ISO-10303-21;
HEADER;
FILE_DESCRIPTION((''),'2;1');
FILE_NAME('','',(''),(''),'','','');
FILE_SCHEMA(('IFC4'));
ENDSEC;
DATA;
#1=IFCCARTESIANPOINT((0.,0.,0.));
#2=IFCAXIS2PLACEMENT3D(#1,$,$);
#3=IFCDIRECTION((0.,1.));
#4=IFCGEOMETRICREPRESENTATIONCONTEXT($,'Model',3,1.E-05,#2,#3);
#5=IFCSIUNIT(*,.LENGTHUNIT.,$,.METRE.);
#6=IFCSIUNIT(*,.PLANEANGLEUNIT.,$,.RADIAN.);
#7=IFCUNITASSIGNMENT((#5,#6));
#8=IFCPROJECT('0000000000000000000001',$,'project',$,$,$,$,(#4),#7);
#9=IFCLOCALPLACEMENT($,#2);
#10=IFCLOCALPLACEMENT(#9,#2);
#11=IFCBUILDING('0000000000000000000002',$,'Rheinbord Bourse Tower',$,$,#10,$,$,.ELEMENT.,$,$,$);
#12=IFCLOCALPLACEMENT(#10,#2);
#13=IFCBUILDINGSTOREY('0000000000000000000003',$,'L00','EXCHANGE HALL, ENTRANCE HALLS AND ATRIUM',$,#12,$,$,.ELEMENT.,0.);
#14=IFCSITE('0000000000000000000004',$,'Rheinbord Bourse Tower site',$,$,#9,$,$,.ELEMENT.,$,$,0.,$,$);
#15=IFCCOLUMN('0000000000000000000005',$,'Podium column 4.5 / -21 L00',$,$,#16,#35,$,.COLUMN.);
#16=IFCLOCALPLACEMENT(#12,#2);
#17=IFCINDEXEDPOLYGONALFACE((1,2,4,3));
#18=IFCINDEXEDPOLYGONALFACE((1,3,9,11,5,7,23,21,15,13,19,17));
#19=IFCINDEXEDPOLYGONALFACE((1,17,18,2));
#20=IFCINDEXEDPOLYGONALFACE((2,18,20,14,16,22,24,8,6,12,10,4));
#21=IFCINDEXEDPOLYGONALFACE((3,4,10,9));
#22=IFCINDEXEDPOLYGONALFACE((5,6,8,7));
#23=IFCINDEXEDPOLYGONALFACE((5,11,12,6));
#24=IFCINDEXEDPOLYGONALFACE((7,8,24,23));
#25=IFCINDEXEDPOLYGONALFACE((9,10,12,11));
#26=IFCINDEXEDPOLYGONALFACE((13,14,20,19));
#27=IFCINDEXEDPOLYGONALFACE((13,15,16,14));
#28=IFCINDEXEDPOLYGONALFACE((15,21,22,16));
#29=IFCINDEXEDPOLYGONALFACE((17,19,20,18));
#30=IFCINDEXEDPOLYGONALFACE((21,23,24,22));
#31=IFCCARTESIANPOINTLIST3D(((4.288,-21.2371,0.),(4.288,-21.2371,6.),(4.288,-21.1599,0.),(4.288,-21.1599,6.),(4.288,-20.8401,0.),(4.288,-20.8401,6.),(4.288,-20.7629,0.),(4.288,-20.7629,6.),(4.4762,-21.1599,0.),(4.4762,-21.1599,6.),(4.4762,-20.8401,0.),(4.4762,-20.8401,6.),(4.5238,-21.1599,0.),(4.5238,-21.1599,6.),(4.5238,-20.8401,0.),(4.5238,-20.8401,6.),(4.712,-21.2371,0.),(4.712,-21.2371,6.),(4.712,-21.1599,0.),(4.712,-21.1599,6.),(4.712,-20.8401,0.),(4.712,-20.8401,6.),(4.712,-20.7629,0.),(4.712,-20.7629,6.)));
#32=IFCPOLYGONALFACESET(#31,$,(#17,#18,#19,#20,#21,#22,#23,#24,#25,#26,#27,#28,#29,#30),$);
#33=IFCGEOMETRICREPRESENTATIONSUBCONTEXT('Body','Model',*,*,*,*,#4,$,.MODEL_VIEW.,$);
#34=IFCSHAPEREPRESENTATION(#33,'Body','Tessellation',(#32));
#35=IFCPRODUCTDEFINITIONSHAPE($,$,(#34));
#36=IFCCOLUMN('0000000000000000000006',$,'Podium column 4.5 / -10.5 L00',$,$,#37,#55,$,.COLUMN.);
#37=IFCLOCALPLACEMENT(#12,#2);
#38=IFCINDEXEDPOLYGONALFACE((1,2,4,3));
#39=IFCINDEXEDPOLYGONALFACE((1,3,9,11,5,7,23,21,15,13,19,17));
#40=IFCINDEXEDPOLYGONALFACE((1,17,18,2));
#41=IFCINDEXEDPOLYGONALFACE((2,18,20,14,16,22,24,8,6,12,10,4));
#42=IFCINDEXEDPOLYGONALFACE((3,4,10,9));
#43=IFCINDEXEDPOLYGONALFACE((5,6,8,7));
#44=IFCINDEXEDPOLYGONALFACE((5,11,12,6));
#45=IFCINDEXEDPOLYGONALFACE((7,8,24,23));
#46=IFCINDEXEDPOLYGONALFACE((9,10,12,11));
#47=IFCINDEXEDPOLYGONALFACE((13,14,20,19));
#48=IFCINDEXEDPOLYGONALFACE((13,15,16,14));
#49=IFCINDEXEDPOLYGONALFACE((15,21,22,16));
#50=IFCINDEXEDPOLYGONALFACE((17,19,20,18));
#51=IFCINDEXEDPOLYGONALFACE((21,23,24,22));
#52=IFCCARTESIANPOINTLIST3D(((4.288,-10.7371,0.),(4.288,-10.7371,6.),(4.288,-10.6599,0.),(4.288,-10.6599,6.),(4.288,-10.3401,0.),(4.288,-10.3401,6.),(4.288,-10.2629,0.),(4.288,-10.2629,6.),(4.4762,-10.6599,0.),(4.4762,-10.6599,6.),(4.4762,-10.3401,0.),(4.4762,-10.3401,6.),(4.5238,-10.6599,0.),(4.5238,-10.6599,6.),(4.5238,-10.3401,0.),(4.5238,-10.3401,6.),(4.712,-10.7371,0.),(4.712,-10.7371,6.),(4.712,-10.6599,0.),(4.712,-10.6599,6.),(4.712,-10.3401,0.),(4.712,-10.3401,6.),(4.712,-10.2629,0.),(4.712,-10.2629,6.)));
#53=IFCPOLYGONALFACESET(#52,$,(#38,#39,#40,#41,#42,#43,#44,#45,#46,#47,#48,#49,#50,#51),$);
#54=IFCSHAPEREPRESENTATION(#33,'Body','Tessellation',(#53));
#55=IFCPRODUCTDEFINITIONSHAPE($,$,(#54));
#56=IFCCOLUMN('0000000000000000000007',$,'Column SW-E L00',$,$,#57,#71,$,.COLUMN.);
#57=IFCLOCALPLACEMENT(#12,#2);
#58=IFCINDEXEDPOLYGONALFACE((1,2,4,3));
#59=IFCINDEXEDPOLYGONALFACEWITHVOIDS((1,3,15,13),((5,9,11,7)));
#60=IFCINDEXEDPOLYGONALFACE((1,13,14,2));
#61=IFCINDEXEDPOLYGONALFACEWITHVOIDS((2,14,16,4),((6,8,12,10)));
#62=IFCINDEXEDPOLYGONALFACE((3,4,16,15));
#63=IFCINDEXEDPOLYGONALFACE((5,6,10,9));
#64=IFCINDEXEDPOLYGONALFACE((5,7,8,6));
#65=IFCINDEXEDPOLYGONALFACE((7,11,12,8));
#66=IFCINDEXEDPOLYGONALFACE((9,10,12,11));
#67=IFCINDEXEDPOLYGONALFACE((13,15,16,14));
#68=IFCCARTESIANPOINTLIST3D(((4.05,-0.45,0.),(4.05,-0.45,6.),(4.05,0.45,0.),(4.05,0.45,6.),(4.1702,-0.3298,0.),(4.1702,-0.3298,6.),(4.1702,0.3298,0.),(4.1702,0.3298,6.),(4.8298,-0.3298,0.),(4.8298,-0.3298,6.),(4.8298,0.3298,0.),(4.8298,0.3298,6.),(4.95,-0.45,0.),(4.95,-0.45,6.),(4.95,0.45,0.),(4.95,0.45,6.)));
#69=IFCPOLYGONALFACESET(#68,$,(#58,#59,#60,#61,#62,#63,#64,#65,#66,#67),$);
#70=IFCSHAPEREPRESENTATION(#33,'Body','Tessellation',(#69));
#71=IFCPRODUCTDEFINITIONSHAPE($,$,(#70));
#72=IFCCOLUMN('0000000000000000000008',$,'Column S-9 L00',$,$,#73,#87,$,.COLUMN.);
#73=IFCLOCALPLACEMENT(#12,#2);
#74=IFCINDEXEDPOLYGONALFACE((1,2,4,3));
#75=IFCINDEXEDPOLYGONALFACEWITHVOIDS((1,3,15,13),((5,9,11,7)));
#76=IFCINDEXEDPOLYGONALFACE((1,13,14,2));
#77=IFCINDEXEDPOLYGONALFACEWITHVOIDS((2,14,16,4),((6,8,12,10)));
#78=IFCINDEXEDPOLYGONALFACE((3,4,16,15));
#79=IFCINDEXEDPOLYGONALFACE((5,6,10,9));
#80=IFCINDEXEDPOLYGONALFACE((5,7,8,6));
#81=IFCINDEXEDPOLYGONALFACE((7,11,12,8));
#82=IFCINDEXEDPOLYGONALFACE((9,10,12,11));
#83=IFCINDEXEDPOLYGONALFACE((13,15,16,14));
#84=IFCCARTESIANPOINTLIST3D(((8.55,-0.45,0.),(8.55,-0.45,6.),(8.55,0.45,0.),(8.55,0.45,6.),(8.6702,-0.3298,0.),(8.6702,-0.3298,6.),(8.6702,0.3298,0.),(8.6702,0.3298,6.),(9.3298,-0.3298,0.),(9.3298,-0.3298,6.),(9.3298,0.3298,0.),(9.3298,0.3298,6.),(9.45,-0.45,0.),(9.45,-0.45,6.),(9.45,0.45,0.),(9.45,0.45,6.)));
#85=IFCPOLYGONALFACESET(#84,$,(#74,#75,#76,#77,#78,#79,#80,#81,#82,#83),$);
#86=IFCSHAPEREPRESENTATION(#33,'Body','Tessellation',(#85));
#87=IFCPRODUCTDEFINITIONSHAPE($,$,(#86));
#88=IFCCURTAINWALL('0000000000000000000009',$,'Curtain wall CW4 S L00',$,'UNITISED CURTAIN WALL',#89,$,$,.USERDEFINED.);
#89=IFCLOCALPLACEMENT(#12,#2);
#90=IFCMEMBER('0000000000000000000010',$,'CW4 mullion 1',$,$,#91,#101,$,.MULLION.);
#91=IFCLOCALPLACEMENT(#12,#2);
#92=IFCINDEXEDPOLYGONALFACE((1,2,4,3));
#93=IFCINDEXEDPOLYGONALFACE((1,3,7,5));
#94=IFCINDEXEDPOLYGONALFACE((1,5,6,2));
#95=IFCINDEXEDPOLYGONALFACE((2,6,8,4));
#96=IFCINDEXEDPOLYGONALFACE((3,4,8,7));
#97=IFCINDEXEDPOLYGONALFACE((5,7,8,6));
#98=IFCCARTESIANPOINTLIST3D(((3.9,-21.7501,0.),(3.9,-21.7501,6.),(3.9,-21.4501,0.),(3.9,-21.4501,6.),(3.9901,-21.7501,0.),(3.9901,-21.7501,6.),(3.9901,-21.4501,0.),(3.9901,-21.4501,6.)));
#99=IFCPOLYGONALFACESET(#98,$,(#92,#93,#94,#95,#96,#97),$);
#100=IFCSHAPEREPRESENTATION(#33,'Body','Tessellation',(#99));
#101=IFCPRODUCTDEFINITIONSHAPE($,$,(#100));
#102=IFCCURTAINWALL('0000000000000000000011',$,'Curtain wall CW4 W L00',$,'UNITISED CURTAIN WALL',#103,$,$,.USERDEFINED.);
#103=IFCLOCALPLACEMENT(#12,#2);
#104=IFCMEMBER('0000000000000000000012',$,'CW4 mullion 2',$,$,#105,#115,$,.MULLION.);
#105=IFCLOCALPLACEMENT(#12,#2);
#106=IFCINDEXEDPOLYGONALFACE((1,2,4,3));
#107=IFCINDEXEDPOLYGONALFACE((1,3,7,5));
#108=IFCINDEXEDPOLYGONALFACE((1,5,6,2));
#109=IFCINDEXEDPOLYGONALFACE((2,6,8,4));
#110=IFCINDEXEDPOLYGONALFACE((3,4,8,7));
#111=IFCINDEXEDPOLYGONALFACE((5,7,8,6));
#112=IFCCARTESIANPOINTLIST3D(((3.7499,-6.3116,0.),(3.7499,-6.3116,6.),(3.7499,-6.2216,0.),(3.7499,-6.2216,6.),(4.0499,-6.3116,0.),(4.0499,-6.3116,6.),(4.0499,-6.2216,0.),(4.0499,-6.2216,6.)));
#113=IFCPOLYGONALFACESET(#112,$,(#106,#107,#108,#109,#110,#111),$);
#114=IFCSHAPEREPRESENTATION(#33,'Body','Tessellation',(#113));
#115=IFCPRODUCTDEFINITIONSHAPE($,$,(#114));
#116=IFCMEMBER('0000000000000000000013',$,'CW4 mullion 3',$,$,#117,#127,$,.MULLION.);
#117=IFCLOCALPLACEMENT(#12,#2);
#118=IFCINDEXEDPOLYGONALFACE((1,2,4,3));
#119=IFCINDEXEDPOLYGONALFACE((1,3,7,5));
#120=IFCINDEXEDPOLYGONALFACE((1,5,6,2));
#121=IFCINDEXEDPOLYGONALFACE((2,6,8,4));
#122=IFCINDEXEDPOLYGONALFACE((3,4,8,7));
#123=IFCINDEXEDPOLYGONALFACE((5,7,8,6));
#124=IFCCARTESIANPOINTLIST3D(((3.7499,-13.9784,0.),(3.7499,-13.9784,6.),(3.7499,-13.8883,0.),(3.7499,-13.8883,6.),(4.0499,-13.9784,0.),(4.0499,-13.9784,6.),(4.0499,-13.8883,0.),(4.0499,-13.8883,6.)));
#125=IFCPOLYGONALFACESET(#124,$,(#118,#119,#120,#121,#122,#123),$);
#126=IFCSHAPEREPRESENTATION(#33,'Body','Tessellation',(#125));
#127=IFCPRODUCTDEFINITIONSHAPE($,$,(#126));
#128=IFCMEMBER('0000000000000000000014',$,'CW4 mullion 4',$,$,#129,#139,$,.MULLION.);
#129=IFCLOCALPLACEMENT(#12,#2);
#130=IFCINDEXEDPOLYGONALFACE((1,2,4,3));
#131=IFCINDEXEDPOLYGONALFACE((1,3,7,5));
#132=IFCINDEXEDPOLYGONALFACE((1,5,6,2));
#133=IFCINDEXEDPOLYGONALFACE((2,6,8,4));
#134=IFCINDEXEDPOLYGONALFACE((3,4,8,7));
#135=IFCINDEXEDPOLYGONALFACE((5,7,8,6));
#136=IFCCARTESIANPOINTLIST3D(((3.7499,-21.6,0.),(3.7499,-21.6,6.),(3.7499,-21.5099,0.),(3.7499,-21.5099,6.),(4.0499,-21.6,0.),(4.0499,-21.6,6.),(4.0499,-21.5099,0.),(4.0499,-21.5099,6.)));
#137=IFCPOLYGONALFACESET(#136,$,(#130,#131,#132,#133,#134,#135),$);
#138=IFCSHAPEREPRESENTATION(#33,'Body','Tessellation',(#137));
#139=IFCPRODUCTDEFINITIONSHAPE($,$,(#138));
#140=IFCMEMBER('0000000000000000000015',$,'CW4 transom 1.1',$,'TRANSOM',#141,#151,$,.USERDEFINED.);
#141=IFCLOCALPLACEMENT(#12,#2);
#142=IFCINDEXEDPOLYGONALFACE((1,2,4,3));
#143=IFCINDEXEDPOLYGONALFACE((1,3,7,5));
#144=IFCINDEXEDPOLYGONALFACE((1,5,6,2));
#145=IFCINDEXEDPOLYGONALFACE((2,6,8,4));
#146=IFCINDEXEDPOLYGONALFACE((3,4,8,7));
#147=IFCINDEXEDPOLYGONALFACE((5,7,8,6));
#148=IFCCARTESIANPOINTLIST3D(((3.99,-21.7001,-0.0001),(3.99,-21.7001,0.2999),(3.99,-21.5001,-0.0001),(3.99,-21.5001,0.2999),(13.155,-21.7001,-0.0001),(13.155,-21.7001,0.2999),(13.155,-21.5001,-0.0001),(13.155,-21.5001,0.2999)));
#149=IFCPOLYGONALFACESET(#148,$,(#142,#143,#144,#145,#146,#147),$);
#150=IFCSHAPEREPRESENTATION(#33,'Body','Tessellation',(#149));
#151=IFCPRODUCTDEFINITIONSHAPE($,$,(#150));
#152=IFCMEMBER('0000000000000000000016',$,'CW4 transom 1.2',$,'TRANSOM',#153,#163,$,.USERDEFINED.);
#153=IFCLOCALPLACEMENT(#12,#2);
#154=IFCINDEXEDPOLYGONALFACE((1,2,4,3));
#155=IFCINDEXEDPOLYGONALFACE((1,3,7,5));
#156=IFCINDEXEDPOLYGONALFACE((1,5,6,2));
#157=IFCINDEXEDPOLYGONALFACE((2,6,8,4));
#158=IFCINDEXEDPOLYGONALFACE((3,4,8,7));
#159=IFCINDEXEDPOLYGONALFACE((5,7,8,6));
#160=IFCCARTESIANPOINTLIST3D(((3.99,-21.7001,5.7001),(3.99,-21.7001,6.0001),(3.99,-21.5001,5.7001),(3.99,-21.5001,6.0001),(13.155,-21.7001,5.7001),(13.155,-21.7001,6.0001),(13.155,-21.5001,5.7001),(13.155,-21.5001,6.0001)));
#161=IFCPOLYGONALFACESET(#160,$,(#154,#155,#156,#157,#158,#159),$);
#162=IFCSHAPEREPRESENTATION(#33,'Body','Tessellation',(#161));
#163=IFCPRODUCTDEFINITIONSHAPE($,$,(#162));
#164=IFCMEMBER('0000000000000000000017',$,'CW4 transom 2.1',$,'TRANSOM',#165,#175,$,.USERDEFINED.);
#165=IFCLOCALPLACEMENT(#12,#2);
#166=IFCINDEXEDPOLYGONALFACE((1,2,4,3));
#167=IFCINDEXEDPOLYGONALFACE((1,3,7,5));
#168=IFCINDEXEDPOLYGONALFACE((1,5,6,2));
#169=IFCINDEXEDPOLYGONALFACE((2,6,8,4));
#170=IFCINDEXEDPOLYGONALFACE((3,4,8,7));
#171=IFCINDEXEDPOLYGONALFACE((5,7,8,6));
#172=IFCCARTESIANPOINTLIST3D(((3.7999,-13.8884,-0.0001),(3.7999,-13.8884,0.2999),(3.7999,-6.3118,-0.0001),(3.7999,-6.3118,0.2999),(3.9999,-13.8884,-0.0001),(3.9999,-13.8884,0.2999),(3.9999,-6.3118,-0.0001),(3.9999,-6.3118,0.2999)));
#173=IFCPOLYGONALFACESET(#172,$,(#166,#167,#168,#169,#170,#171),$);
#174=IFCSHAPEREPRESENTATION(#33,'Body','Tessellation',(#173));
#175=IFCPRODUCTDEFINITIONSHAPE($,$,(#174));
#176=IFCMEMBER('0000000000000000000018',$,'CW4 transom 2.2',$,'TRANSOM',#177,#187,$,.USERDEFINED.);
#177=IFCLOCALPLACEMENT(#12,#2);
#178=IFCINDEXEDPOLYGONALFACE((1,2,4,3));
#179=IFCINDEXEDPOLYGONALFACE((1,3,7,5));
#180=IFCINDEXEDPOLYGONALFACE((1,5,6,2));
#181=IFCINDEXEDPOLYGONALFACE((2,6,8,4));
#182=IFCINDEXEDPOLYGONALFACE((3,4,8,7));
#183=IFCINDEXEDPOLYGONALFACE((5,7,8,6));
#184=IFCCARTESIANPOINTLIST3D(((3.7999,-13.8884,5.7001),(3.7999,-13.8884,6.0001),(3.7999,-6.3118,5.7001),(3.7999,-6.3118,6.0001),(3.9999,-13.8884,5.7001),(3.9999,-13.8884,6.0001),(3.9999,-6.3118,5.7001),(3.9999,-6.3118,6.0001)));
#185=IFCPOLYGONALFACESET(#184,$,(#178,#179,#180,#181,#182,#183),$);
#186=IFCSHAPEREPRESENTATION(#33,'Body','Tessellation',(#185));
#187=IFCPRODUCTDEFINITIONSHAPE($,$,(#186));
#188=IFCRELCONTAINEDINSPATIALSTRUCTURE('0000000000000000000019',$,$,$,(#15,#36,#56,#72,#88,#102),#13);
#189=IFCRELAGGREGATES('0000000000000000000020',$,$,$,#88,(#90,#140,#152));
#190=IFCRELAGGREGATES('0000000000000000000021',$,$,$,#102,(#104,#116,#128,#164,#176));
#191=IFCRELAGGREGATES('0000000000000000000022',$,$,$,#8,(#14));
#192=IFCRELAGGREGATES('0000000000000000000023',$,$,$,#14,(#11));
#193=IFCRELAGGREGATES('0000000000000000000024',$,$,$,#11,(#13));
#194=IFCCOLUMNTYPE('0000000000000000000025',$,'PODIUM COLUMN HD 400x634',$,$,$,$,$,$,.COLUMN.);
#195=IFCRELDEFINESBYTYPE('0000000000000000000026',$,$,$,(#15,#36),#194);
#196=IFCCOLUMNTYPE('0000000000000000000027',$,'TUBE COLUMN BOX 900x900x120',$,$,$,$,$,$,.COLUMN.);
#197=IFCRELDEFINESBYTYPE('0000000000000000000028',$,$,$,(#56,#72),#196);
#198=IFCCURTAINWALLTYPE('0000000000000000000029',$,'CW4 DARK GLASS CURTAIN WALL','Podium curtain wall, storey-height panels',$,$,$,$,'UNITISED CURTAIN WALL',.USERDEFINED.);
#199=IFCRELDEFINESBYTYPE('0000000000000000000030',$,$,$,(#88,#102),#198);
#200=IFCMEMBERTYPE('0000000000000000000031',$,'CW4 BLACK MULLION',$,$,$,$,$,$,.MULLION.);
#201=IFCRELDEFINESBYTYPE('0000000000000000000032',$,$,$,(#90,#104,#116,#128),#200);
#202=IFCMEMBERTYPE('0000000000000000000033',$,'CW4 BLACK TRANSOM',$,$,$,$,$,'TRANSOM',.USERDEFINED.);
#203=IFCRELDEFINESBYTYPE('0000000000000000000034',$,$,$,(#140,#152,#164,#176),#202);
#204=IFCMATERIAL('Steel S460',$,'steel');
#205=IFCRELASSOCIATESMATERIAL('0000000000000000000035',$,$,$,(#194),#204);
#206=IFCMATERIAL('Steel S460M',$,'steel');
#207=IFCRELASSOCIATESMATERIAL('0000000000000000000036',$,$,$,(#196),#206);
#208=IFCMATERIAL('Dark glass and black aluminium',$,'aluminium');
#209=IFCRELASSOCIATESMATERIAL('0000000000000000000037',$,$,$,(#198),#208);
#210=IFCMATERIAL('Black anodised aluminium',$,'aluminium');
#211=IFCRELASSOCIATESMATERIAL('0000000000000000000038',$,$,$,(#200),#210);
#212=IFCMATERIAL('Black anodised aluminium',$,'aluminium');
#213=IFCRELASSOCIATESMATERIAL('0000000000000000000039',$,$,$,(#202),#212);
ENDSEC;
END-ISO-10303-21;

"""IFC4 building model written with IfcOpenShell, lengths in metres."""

from ifc_helpers import new_model, si_unit, direction, frame, origin, origin_2d, place, context, subcontext, project, spatial, rectangle, hollow_rectangle, i_section, extrude, material, material_profile, profile_set, type_object, element, aggregate, save


model = new_model("IFC4")

# Units and contexts
model_context = context("Model", 3, precision=1e-05, world=origin(), true_north=direction((0.0, 1.0)))
body_context = subcontext(model_context, "Body", "Model", "MODEL_VIEW")
ifc_project = project(units=[si_unit("LENGTHUNIT", "METRE"), si_unit("PLANEANGLEUNIT", "RADIAN")], contexts=[model_context])

# Site, building, storey
site_placement = place(None, origin())
site = spatial("IfcSite", under=ifc_project, at=site_placement, Name="Rheinbord Bourse Tower site", CompositionType="ELEMENT", RefElevation=0.0)
building_placement = place(site_placement, origin())
building = spatial("IfcBuilding", under=site, at=building_placement, Name="Rheinbord Bourse Tower", CompositionType="ELEMENT")
storey_placement = place(building_placement, origin())
storey = spatial("IfcBuildingStorey", under=building, at=storey_placement, Name="L00", Description="EXCHANGE HALL, ENTRANCE HALLS AND ATRIUM", CompositionType="ELEMENT", Elevation=0.0)

# Columns
ifc_material_1 = material(Name="Steel S460", Category="steel")
ifc_material_profile_1 = material_profile(ifc_material_1, i_section(OverallWidth=0.4241, OverallDepth=0.4741, WebThickness=0.0476, FlangeThickness=0.0771, at=origin_2d()), Name="HD 400x634")
ifc_profile_set_1 = profile_set([ifc_material_profile_1], Name="Steel S460")
column_type_1 = type_object("IfcColumnType", Name="PODIUM COLUMN HD 400x634", PredefinedType="COLUMN", material=ifc_profile_set_1)
for number, where, z_axis, x_axis, name in (
    (1, (4.5, -21.0, 0.0), (0.0, 0.0, 1.0), (1.0, 0.0, 0.0), "Podium column 4.5 / -21 L00"),
    (2, (4.5, -10.5, 0.0), (0.0, 0.0, 1.0), (1.0, 0.0, 0.0), "Podium column 4.5 / -10.5 L00"),
):
    element("IfcColumn", number, at=place(storey_placement, frame(where, z_axis=z_axis, x_axis=x_axis)), inside=storey, type_object=column_type_1, Name=name, PredefinedType="COLUMN", context=body_context, shape_type="SweptSolid", body=[
        extrude(i_section(OverallWidth=0.4241, OverallDepth=0.4741, WebThickness=0.0476, FlangeThickness=0.0771, at=origin_2d()), origin(), (0.0, 0.0, 1.0), 6.0),
    ])
ifc_material_2 = material(Name="Steel S460M", Category="steel")
ifc_material_profile_2 = material_profile(ifc_material_2, hollow_rectangle(XDim=0.8999, YDim=0.8999, WallThickness=0.1201, at=origin_2d()), Name="BOX 900x900x120")
ifc_profile_set_2 = profile_set([ifc_material_profile_2], Name="Steel S460M")
column_type_2 = type_object("IfcColumnType", Name="TUBE COLUMN BOX 900x900x120", PredefinedType="COLUMN", material=ifc_profile_set_2)
for number, where, z_axis, x_axis, name in (
    (3, (4.5, 0.0, 0.0), (0.0, 0.0, 1.0), (0.0, 1.0, 0.0), "Column SW-E L00"),
    (4, (9.0, 0.0, 0.0), (0.0, 0.0, 1.0), (0.0, 1.0, 0.0), "Column S-9 L00"),
):
    element("IfcColumn", number, at=place(storey_placement, frame(where, z_axis=z_axis, x_axis=x_axis)), inside=storey, type_object=column_type_2, Name=name, PredefinedType="COLUMN", context=body_context, shape_type="SweptSolid", body=[
        extrude(hollow_rectangle(XDim=0.8999, YDim=0.8999, WallThickness=0.1201, at=origin_2d()), origin(), (0.0, 0.0, 1.0), 6.0),
    ])

# Curtain wall, member
ifc_material_3 = material(Name="Dark glass and black aluminium", Category="aluminium")
curtain_wall_type = type_object("IfcCurtainWallType", Name="CW4 DARK GLASS CURTAIN WALL", Description="Podium curtain wall, storey-height panels", ElementType="UNITISED CURTAIN WALL", PredefinedType="USERDEFINED", material=ifc_material_3)
curtain_wall_1_placement = place(storey_placement, origin())
curtain_wall_1 = element("IfcCurtainWall", 5, at=curtain_wall_1_placement, inside=storey, type_object=curtain_wall_type, Name="Curtain wall CW4 S L00", ObjectType="UNITISED CURTAIN WALL", PredefinedType="USERDEFINED")
ifc_material_4 = material(Name="Black anodised aluminium", Category="aluminium")
ifc_material_profile_3 = material_profile(ifc_material_4, rectangle(XDim=0.3, YDim=0.0901, at=origin_2d()), Name="CW4 MULLION 90x300")
ifc_profile_set_3 = profile_set([ifc_material_profile_3], Name="Black anodised aluminium")
member_type_1 = type_object("IfcMemberType", Name="CW4 BLACK MULLION", PredefinedType="MULLION", material=ifc_profile_set_3)
member_1_placement = place(storey_placement, frame((3.9451, -21.6001, 0.0), z_axis=(0.0, 0.0, 1.0), x_axis=(0.0, 1.0, 0.0)))
member_1 = element("IfcMember", 6, at=member_1_placement, type_object=member_type_1, Name="CW4 mullion 1", PredefinedType="MULLION", context=body_context, shape_type="SweptSolid", body=[
    extrude(rectangle(XDim=0.3, YDim=0.0901, at=origin_2d()), origin(), (0.0, 0.0, 1.0), 6.0),
])

# Curtain wall, members
curtain_wall_2_placement = place(storey_placement, origin())
curtain_wall_2 = element("IfcCurtainWall", 7, at=curtain_wall_2_placement, inside=storey, type_object=curtain_wall_type, Name="Curtain wall CW4 W L00", ObjectType="UNITISED CURTAIN WALL", PredefinedType="USERDEFINED")
member_2_placement = place(storey_placement, frame((3.8999, -6.2666, 0.0), z_axis=(0.0, 0.0, 1.0), x_axis=(1.0, 0.0, 0.0)))
member_2 = element("IfcMember", 8, at=member_2_placement, type_object=member_type_1, Name="CW4 mullion 2", PredefinedType="MULLION", context=body_context, shape_type="SweptSolid", body=[
    extrude(rectangle(XDim=0.3, YDim=0.0901, at=origin_2d()), origin(), (0.0, 0.0, 1.0), 6.0),
])
member_3_placement = place(storey_placement, frame((3.8999, -13.9333, 0.0), z_axis=(0.0, 0.0, 1.0), x_axis=(1.0, 0.0, 0.0)))
member_3 = element("IfcMember", 9, at=member_3_placement, type_object=member_type_1, Name="CW4 mullion 3", PredefinedType="MULLION", context=body_context, shape_type="SweptSolid", body=[
    extrude(rectangle(XDim=0.3, YDim=0.0901, at=origin_2d()), origin(), (0.0, 0.0, 1.0), 6.0),
])
member_4_placement = place(storey_placement, frame((3.8999, -21.5549, 0.0), z_axis=(0.0, 0.0, 1.0), x_axis=(1.0, 0.0, 0.0)))
member_4 = element("IfcMember", 10, at=member_4_placement, type_object=member_type_1, Name="CW4 mullion 4", PredefinedType="MULLION", context=body_context, shape_type="SweptSolid", body=[
    extrude(rectangle(XDim=0.3, YDim=0.0901, at=origin_2d()), origin(), (0.0, 0.0, 1.0), 6.0),
])

# Members
ifc_material_5 = material(Name="Black anodised aluminium", Category="aluminium")
ifc_material_profile_4 = material_profile(ifc_material_5, rectangle(XDim=0.2, YDim=0.3, at=origin_2d()), Name="CW4 TRANSOM 300x200")
ifc_profile_set_4 = profile_set([ifc_material_profile_4], Name="Black anodised aluminium")
member_type_2 = type_object("IfcMemberType", Name="CW4 BLACK TRANSOM", ElementType="TRANSOM", PredefinedType="USERDEFINED", material=ifc_profile_set_4)
member_5_placement = place(storey_placement, frame((3.99, -21.6001, 0.1499), z_axis=(1.0, 0.0, 0.0), x_axis=(0.0, 1.0, 0.0)))
member_5 = element("IfcMember", 11, at=member_5_placement, type_object=member_type_2, Name="CW4 transom 1.1", ObjectType="TRANSOM", PredefinedType="USERDEFINED", context=body_context, shape_type="SweptSolid", body=[
    extrude(rectangle(XDim=0.2, YDim=0.3, at=origin_2d()), origin(), (0.0, 0.0, 1.0), 9.165),
])
member_6_placement = place(storey_placement, frame((3.99, -21.6001, 5.8501), z_axis=(1.0, 0.0, 0.0), x_axis=(0.0, 1.0, 0.0)))
member_6 = element("IfcMember", 12, at=member_6_placement, type_object=member_type_2, Name="CW4 transom 1.2", ObjectType="TRANSOM", PredefinedType="USERDEFINED", context=body_context, shape_type="SweptSolid", body=[
    extrude(rectangle(XDim=0.2, YDim=0.3, at=origin_2d()), origin(), (0.0, 0.0, 1.0), 9.165),
])
member_7_placement = place(storey_placement, frame((3.8999, -6.3118, 0.1499), z_axis=(0.0, -1.0, 0.0), x_axis=(1.0, 0.0, 0.0)))
member_7 = element("IfcMember", 13, at=member_7_placement, type_object=member_type_2, Name="CW4 transom 2.1", ObjectType="TRANSOM", PredefinedType="USERDEFINED", context=body_context, shape_type="SweptSolid", body=[
    extrude(rectangle(XDim=0.2, YDim=0.3, at=origin_2d()), origin(), (0.0, 0.0, 1.0), 7.5767),
])
member_8_placement = place(storey_placement, frame((3.8999, -6.3118, 5.8501), z_axis=(0.0, -1.0, 0.0), x_axis=(1.0, 0.0, 0.0)))
member_8 = element("IfcMember", 14, at=member_8_placement, type_object=member_type_2, Name="CW4 transom 2.2", ObjectType="TRANSOM", PredefinedType="USERDEFINED", context=body_context, shape_type="SweptSolid", body=[
    extrude(rectangle(XDim=0.2, YDim=0.3, at=origin_2d()), origin(), (0.0, 0.0, 1.0), 7.5767),
])

aggregate(curtain_wall_1, [member_1, member_5, member_6])
aggregate(curtain_wall_2, [member_2, member_3, member_4, member_7, member_8])

save(model, "model.ifc")
